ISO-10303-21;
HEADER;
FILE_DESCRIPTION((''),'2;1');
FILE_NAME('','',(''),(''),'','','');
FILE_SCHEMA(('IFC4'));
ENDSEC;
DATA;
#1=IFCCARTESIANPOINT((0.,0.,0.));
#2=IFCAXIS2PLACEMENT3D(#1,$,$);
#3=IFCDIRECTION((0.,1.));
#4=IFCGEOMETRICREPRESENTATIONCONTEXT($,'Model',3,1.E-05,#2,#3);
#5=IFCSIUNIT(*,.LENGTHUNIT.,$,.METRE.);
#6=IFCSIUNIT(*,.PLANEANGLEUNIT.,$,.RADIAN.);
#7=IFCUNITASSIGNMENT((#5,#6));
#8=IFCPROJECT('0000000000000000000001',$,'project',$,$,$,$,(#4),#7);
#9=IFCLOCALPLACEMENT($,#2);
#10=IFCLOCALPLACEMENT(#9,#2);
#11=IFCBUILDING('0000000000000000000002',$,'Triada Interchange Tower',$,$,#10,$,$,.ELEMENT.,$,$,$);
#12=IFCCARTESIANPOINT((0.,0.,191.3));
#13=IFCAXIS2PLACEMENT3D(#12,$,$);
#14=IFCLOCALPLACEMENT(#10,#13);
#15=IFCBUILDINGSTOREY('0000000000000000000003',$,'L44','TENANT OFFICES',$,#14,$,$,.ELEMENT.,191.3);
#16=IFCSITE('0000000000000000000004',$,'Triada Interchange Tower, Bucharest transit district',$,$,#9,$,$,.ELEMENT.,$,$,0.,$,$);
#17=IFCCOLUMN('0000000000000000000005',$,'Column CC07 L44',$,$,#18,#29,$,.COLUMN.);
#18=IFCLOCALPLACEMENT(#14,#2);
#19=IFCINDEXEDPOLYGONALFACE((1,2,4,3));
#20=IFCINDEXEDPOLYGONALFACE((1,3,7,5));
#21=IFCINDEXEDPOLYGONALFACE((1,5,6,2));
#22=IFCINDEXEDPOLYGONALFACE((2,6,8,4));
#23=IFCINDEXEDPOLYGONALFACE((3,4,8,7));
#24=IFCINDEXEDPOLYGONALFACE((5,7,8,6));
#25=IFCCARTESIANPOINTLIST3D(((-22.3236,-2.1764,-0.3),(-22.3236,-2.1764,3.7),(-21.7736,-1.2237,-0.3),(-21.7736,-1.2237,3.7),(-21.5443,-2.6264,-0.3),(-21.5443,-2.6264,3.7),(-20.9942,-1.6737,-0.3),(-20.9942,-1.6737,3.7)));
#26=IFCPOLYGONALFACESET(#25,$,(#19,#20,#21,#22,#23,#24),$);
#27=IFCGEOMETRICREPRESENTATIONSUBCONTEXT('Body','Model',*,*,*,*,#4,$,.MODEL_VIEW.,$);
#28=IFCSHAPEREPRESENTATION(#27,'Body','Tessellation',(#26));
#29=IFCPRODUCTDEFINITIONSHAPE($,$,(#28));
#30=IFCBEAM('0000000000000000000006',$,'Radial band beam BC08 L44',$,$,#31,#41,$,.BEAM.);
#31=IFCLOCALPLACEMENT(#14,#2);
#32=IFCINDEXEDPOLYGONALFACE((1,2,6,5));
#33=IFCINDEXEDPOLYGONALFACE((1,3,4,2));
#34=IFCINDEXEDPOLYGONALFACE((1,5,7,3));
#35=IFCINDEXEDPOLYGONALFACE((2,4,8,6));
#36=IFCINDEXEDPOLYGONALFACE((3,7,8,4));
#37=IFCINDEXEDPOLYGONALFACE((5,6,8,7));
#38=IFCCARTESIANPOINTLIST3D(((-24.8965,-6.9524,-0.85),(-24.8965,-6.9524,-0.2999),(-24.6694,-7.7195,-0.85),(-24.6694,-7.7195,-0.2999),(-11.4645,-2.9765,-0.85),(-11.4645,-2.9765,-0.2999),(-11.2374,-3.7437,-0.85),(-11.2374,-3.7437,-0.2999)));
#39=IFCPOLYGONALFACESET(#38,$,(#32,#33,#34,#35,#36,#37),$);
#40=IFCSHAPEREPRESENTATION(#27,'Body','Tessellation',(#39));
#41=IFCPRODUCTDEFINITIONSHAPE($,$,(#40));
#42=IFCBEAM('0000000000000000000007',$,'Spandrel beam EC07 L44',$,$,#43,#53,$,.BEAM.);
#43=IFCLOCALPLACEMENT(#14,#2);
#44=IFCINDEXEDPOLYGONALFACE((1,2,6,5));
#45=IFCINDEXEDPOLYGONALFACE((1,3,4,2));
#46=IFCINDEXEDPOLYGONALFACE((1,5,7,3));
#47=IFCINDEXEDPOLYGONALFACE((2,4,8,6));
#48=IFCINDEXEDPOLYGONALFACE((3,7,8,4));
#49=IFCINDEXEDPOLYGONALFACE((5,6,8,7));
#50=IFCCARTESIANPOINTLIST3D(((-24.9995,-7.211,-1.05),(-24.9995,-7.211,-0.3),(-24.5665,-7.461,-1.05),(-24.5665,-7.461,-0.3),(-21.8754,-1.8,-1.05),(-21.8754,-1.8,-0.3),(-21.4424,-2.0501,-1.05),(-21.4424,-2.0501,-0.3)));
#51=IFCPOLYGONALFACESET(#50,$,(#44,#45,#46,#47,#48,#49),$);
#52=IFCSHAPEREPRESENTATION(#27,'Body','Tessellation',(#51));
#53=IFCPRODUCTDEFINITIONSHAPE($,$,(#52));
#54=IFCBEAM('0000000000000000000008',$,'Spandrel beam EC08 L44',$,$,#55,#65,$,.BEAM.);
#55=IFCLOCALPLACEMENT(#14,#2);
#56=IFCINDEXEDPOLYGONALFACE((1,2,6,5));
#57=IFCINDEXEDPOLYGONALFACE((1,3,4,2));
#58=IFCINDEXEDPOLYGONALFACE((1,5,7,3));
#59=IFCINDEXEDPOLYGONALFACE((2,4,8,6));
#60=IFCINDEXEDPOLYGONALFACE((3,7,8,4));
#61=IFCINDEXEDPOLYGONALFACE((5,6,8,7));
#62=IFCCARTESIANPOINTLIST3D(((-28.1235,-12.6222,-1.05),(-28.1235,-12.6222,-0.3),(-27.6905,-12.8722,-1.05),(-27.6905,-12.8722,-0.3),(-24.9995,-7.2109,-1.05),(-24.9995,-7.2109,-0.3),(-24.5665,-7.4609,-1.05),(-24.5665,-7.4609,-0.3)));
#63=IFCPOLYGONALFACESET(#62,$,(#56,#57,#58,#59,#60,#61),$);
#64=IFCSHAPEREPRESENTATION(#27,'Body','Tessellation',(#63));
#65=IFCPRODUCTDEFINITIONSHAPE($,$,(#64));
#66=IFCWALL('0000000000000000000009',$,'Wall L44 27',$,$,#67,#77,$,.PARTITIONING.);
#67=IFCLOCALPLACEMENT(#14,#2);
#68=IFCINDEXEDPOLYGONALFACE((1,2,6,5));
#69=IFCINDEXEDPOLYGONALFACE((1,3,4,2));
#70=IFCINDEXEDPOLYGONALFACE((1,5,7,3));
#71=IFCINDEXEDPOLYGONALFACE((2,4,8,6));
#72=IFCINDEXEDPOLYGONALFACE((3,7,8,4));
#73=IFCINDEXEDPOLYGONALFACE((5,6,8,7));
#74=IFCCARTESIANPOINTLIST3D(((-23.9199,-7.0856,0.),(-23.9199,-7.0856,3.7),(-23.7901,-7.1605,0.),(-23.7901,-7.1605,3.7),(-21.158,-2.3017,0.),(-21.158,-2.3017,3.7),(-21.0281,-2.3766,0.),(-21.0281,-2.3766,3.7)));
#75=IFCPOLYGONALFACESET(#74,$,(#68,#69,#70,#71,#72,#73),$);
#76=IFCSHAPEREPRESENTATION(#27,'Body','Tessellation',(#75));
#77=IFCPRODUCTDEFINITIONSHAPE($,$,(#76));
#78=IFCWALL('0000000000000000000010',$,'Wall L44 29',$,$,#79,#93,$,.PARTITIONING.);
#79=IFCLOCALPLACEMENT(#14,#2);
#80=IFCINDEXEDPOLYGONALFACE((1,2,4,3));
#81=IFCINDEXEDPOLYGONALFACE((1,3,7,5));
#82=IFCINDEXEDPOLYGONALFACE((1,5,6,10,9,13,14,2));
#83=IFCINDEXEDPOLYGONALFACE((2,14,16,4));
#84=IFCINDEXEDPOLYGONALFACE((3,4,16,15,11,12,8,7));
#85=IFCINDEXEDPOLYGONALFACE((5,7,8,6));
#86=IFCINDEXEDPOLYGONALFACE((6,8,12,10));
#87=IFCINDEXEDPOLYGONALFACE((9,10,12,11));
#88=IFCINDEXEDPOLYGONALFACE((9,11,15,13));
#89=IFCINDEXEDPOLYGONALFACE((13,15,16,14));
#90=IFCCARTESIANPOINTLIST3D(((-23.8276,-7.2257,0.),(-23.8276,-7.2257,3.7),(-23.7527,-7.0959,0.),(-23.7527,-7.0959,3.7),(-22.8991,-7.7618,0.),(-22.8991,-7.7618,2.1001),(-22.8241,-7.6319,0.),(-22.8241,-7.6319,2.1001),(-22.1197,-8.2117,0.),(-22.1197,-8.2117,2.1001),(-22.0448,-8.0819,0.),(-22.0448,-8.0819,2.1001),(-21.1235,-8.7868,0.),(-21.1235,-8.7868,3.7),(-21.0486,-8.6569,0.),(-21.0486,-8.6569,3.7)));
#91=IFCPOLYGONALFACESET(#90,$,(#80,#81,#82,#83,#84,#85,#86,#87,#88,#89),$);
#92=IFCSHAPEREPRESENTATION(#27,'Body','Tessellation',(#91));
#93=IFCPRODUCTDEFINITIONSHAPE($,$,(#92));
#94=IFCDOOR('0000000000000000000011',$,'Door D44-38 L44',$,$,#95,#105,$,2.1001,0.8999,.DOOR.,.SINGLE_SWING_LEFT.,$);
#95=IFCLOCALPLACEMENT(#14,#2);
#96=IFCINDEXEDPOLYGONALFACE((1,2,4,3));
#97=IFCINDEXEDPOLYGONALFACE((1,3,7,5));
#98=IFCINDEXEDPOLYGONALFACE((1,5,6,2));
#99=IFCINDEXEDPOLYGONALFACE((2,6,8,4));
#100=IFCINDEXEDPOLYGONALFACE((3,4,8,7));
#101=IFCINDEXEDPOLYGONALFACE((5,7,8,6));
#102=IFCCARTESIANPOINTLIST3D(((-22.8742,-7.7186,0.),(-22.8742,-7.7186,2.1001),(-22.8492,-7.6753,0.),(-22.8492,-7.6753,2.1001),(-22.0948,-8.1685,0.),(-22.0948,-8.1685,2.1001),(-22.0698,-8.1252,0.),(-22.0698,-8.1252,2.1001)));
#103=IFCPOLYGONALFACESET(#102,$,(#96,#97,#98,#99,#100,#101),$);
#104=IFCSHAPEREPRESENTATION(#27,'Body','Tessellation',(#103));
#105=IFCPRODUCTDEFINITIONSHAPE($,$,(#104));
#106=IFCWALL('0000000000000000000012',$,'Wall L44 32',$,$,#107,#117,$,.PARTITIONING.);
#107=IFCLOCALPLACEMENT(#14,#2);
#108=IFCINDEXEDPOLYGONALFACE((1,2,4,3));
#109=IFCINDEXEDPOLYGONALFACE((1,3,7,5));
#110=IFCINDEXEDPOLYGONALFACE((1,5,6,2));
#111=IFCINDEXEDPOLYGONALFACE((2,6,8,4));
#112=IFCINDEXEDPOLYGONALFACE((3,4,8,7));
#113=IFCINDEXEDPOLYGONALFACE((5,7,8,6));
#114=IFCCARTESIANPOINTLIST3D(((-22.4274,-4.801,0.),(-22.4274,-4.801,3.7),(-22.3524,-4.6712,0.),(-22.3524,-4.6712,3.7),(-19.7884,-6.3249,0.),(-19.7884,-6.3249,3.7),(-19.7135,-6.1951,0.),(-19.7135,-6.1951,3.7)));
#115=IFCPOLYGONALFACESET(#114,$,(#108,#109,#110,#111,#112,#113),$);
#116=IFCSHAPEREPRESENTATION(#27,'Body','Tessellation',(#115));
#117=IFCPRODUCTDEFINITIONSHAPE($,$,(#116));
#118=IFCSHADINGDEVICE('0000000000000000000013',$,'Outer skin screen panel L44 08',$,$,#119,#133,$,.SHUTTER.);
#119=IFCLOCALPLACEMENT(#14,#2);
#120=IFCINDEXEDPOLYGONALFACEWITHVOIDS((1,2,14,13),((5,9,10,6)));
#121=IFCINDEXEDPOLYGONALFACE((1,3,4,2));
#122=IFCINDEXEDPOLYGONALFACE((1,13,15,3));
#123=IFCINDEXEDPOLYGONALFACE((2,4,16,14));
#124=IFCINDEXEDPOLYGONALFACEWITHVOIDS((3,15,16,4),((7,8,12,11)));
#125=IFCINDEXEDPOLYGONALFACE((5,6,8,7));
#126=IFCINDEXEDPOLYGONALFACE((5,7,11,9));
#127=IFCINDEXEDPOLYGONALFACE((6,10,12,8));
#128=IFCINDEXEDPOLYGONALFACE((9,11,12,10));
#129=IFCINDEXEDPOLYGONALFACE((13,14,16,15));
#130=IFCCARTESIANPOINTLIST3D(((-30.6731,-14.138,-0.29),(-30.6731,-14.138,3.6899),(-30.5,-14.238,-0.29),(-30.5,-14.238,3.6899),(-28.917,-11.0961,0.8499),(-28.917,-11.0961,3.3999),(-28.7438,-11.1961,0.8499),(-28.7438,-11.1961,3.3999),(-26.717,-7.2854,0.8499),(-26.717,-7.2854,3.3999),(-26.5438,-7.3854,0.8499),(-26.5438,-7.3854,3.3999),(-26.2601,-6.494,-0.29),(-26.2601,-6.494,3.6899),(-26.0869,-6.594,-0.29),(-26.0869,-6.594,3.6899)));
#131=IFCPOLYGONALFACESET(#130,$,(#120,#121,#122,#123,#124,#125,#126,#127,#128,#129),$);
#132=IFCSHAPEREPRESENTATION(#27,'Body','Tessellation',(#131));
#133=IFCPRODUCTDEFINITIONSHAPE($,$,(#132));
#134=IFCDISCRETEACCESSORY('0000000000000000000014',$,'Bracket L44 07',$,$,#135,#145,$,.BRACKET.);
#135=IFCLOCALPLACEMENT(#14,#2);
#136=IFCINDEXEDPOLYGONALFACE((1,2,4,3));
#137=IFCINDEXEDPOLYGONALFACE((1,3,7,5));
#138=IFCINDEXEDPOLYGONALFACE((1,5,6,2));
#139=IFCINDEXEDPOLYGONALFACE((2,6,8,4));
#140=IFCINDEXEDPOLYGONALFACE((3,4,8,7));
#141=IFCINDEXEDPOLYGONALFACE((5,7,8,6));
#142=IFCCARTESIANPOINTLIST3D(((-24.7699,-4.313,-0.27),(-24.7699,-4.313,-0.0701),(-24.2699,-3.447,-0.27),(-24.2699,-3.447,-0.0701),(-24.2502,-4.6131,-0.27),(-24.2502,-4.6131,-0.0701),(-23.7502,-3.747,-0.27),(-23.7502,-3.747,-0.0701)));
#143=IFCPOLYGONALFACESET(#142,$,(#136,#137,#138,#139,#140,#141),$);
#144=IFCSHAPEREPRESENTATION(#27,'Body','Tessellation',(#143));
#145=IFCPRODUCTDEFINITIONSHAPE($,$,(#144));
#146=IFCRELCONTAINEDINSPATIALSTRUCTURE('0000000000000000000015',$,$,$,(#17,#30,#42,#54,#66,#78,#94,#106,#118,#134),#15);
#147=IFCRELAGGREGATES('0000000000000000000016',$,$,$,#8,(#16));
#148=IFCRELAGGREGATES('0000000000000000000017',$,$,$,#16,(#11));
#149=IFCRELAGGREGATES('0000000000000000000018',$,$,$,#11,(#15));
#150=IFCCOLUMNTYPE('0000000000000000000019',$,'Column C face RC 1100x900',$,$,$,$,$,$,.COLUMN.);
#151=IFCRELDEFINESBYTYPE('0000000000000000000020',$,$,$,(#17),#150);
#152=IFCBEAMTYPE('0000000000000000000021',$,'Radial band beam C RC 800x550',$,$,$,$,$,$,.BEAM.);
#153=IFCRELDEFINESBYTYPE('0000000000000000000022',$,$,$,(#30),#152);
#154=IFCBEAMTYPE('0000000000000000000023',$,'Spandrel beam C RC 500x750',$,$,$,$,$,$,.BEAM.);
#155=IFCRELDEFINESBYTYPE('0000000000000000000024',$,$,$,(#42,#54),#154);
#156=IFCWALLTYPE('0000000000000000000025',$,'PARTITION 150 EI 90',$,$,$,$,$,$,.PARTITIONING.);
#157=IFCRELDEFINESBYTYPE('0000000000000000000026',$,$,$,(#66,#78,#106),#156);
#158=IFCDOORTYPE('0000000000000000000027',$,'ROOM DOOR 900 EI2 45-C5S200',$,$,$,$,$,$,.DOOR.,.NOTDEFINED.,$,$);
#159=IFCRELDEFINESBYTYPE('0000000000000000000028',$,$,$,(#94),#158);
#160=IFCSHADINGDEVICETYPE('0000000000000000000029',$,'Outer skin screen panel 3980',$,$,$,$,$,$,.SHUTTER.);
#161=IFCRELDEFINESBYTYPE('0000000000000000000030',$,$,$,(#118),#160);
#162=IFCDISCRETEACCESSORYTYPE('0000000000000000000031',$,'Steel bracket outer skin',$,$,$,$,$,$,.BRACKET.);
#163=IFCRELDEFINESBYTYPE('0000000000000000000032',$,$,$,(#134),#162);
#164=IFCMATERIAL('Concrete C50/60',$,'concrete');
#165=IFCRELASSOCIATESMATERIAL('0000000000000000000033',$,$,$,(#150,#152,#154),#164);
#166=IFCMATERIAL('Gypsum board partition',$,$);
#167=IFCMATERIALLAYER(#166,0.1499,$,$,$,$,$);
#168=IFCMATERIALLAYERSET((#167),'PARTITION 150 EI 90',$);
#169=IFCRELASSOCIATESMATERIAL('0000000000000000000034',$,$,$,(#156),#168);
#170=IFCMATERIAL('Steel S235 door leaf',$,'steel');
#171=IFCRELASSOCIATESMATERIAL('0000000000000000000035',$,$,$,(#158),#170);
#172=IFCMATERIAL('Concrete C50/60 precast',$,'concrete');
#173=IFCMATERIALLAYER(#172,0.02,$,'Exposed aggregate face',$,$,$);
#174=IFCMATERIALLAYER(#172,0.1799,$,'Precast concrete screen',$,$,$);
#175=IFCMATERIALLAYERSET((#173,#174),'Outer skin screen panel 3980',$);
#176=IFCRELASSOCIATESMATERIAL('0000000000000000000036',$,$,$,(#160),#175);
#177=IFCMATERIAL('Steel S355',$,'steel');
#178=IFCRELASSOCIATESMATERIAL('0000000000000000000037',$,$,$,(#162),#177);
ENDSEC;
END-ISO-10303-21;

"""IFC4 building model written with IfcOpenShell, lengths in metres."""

from ifc_helpers import new_model, si_unit, direction, frame, frame_2d, origin, origin_2d, place, context, subcontext, project, spatial, polyline, rectangle, outline, extrude, material, layer, layer_set, material_profile, profile_set, type_object, element, fill, save


model = new_model("IFC4")

# Units and contexts
model_context = context("Model", 3, precision=1e-05, world=origin(), true_north=direction((0.0, 1.0)))
body_context = subcontext(model_context, "Body", "Model", "MODEL_VIEW")
ifc_project = project(units=[si_unit("LENGTHUNIT", "METRE"), si_unit("PLANEANGLEUNIT", "RADIAN")], contexts=[model_context])

# Site, building, storey
site_placement = place(None, origin())
site = spatial("IfcSite", under=ifc_project, at=site_placement, Name="Triada Interchange Tower, Bucharest transit district", CompositionType="ELEMENT", RefElevation=0.0)
building_placement = place(site_placement, origin())
building = spatial("IfcBuilding", under=site, at=building_placement, Name="Triada Interchange Tower", CompositionType="ELEMENT")
storey_placement = place(building_placement, frame((0.0, 0.0, 191.3)))
storey = spatial("IfcBuildingStorey", under=building, at=storey_placement, Name="L44", Description="TENANT OFFICES", CompositionType="ELEMENT", Elevation=191.3)

# Column
ifc_material_1 = material(Name="Concrete C50/60", Category="concrete")
ifc_material_profile_1 = material_profile(ifc_material_1, rectangle(XDim=1.1001, YDim=0.8999, at=origin_2d()), Name="RC 1100x900")
ifc_profile_set_1 = profile_set([ifc_material_profile_1], Name="Concrete C50/60")
column_type = type_object("IfcColumnType", Name="Column C face RC 1100x900", PredefinedType="COLUMN", material=ifc_profile_set_1)
column_placement = place(storey_placement, frame((-21.6589, -1.925, -0.3), z_axis=(0.0, 0.0, 1.0), x_axis=(0.5, 0.866025, 0.0)))
element("IfcColumn", 1, at=column_placement, inside=storey, type_object=column_type, Name="Column CC07 L44", PredefinedType="COLUMN", context=body_context, shape_type="SweptSolid", body=[
    extrude(rectangle(XDim=1.1001, YDim=0.8999, at=origin_2d()), origin(), (0.0, 0.0, 1.0), 4.0),
])

# Beams
ifc_material_profile_2 = material_profile(ifc_material_1, rectangle(XDim=0.8, YDim=0.55, at=origin_2d()), Name="RC 800x550")
ifc_profile_set_2 = profile_set([ifc_material_profile_2], Name="Concrete C50/60")
beam_type_1 = type_object("IfcBeamType", Name="Radial band beam C RC 800x550", PredefinedType="BEAM", material=ifc_profile_set_2)
beam_1_placement = place(storey_placement, frame((-24.783, -7.3359, -0.575), z_axis=(0.958876, 0.283827, 0.0), x_axis=(-0.283827, 0.958876, 0.0)))
element("IfcBeam", 2, at=beam_1_placement, inside=storey, type_object=beam_type_1, Name="Radial band beam BC08 L44", PredefinedType="BEAM", context=body_context, shape_type="SweptSolid", body=[
    extrude(rectangle(XDim=0.8, YDim=0.55, at=origin_2d()), origin(), (0.0, 0.0, 1.0), 14.0081),
])
ifc_material_profile_3 = material_profile(ifc_material_1, rectangle(XDim=0.5, YDim=0.75, at=origin_2d()), Name="RC 500x750")
ifc_profile_set_3 = profile_set([ifc_material_profile_3], Name="Concrete C50/60")
beam_type_2 = type_object("IfcBeamType", Name="Spandrel beam C RC 500x750", PredefinedType="BEAM", material=ifc_profile_set_3)
beam_2_placement = place(storey_placement, frame((-21.6589, -1.925, -0.675), z_axis=(-0.500005, -0.866022, 0.0), x_axis=(0.866022, -0.500005, 0.0)))
element("IfcBeam", 3, at=beam_2_placement, inside=storey, type_object=beam_type_2, Name="Spandrel beam EC07 L44", PredefinedType="BEAM", context=body_context, shape_type="SweptSolid", body=[
    extrude(rectangle(XDim=0.5, YDim=0.75, at=origin_2d()), origin(), (0.0, 0.0, 1.0), 6.248),
])
beam_3_placement = place(storey_placement, frame((-24.783, -7.3359, -0.675), z_axis=(-0.499989, -0.866032, 0.0), x_axis=(0.866032, -0.499989, 0.0)))
element("IfcBeam", 4, at=beam_3_placement, inside=storey, type_object=beam_type_2, Name="Spandrel beam EC08 L44", PredefinedType="BEAM", context=body_context, shape_type="SweptSolid", body=[
    extrude(rectangle(XDim=0.5, YDim=0.75, at=origin_2d()), origin(), (0.0, 0.0, 1.0), 6.2483),
])

# Wall
ifc_material_2 = material(Name="Gypsum board partition")
ifc_layer_1 = layer(ifc_material_2, 0.1499)
ifc_layer_set_1 = layer_set([ifc_layer_1], Name="PARTITION 150 EI 90")
wall_type = type_object("IfcWallType", Name="PARTITION 150 EI 90", PredefinedType="PARTITIONING", material=ifc_layer_set_1)
wall_1_placement = place(storey_placement, frame((-23.855, -7.123, 0.0), z_axis=(0.0, 0.0, 1.0), x_axis=(0.499994, 0.866029, 0.0)))
element("IfcWall", 5, at=wall_1_placement, inside=storey, type_object=wall_type, Name="Wall L44 27", PredefinedType="PARTITIONING", context=body_context, shape_type="SweptSolid", body=[
    extrude(rectangle(XDim=5.5239, YDim=0.1499, at=frame_2d((2.762, 0.0))), origin(), (0.0, 0.0, 1.0), 3.7),
])

# Wall, opening, door
wall_2_placement = place(storey_placement, frame((-23.79, -7.1609, 0.0), z_axis=(0.0, 0.0, 1.0), x_axis=(0.86605, -0.499957, 0.0)))
wall_2 = element("IfcWall", 6, at=wall_2_placement, inside=storey, type_object=wall_type, Name="Wall L44 29", PredefinedType="PARTITIONING", context=body_context, shape_type="SweptSolid", body=[
    extrude(rectangle(XDim=3.1223, YDim=0.1499, at=frame_2d((1.561, 0.0))), origin(), (0.0, 0.0, 1.0), 3.7),
])
opening_placement = place(wall_2_placement, frame((1.072, 0.0, 0.0)))
opening = element("IfcOpeningElement", 7, at=opening_placement, cuts=wall_2, PredefinedType="OPENING", context=body_context, shape_type="SweptSolid", body=[
    extrude(rectangle(XDim=0.8999, YDim=2.1001, at=frame_2d((0.45, 1.05))), frame((0.0, 0.085, 0.0), z_axis=(0.0, -1.0, 0.0), x_axis=(1.0, 0.0, 0.0)), (0.0, 0.0, 1.0), 0.1699),
])
ifc_material_3 = material(Name="Steel S235 door leaf", Category="steel")
door_type = type_object("IfcDoorType", Name="ROOM DOOR 900 EI2 45-C5S200", OperationType="NOTDEFINED", PredefinedType="DOOR", material=ifc_material_3)
door_placement = place(opening_placement, origin())
door = element("IfcDoor", 8, at=door_placement, inside=storey, type_object=door_type, Name="Door D44-38 L44", OperationType="SINGLE_SWING_LEFT", OverallHeight=2.1001, OverallWidth=0.8999, PredefinedType="DOOR", context=body_context, shape_type="SweptSolid", body=[
    extrude(rectangle(XDim=0.8999, YDim=2.1001, at=frame_2d((0.45, 1.05))), frame((0.0, 0.0249, 0.0), z_axis=(0.0, -1.0, 0.0), x_axis=(1.0, 0.0, 0.0)), (0.0, 0.0, 1.0), 0.05),
])
fill(opening, door)

# Wall
wall_3_placement = place(storey_placement, frame((-22.3899, -4.7361, 0.0), z_axis=(0.0, 0.0, 1.0), x_axis=(0.865976, -0.500085, 0.0)))
element("IfcWall", 9, at=wall_3_placement, inside=storey, type_object=wall_type, Name="Wall L44 32", PredefinedType="PARTITIONING", context=body_context, shape_type="SweptSolid", body=[
    extrude(rectangle(XDim=3.0474, YDim=0.1499, at=frame_2d((1.5237, 0.0))), origin(), (0.0, 0.0, 1.0), 3.7),
])

# Shading device
ifc_material_4 = material(Name="Concrete C50/60 precast", Category="concrete")
ifc_layer_2 = layer(ifc_material_4, 0.02, Name="Exposed aggregate face")
ifc_layer_3 = layer(ifc_material_4, 0.1799, Name="Precast concrete screen")
ifc_layer_set_2 = layer_set([ifc_layer_2, ifc_layer_3], Name="Outer skin screen panel 3980")
shading_device_type = type_object("IfcShadingDeviceType", Name="Outer skin screen panel 3980", PredefinedType="SHUTTER", material=ifc_layer_set_2)
shading_device_placement = place(storey_placement, frame((-26.0869, -6.594, -0.29), z_axis=(0.0, 0.0, 1.0), x_axis=(-0.499983, -0.866035, 0.0)))
element("IfcShadingDevice", 10, at=shading_device_placement, inside=storey, type_object=shading_device_type, Name="Outer skin screen panel L44 08", PredefinedType="SHUTTER", context=body_context, shape_type="SweptSolid", body=[
    extrude(outline(polyline([(0.0, 0.0), (8.8264, 0.0), (8.8264, 3.98), (0.0, 3.98), (0.0, 0.0)]), holes=[polyline([(0.9138, 1.1399), (0.9138, 3.6899), (5.314, 3.6899), (5.314, 1.1399), (0.9138, 1.1399)])]), frame((0.0, 0.0, 0.0), z_axis=(0.0, -1.0, 0.0), x_axis=(1.0, 0.0, 0.0)), (0.0, 0.0, 1.0), 0.2),
])

# Discrete accessory
ifc_material_5 = material(Name="Steel S355", Category="steel")
discrete_accessory_type = type_object("IfcDiscreteAccessoryType", Name="Steel bracket outer skin", PredefinedType="BRACKET", material=ifc_material_5)
discrete_accessory_placement = place(storey_placement, frame((-24.26, -4.03, -0.27), z_axis=(0.0, 0.0, 1.0), x_axis=(-0.866023, 0.500003, 0.0)))
element("IfcDiscreteAccessory", 11, at=discrete_accessory_placement, inside=storey, type_object=discrete_accessory_type, Name="Bracket L44 07", PredefinedType="BRACKET", context=body_context, shape_type="SweptSolid", body=[
    extrude(rectangle(XDim=0.6001, YDim=1.0, at=origin_2d()), origin(), (0.0, 0.0, 1.0), 0.2),
])

save(model, "model.ifc")
